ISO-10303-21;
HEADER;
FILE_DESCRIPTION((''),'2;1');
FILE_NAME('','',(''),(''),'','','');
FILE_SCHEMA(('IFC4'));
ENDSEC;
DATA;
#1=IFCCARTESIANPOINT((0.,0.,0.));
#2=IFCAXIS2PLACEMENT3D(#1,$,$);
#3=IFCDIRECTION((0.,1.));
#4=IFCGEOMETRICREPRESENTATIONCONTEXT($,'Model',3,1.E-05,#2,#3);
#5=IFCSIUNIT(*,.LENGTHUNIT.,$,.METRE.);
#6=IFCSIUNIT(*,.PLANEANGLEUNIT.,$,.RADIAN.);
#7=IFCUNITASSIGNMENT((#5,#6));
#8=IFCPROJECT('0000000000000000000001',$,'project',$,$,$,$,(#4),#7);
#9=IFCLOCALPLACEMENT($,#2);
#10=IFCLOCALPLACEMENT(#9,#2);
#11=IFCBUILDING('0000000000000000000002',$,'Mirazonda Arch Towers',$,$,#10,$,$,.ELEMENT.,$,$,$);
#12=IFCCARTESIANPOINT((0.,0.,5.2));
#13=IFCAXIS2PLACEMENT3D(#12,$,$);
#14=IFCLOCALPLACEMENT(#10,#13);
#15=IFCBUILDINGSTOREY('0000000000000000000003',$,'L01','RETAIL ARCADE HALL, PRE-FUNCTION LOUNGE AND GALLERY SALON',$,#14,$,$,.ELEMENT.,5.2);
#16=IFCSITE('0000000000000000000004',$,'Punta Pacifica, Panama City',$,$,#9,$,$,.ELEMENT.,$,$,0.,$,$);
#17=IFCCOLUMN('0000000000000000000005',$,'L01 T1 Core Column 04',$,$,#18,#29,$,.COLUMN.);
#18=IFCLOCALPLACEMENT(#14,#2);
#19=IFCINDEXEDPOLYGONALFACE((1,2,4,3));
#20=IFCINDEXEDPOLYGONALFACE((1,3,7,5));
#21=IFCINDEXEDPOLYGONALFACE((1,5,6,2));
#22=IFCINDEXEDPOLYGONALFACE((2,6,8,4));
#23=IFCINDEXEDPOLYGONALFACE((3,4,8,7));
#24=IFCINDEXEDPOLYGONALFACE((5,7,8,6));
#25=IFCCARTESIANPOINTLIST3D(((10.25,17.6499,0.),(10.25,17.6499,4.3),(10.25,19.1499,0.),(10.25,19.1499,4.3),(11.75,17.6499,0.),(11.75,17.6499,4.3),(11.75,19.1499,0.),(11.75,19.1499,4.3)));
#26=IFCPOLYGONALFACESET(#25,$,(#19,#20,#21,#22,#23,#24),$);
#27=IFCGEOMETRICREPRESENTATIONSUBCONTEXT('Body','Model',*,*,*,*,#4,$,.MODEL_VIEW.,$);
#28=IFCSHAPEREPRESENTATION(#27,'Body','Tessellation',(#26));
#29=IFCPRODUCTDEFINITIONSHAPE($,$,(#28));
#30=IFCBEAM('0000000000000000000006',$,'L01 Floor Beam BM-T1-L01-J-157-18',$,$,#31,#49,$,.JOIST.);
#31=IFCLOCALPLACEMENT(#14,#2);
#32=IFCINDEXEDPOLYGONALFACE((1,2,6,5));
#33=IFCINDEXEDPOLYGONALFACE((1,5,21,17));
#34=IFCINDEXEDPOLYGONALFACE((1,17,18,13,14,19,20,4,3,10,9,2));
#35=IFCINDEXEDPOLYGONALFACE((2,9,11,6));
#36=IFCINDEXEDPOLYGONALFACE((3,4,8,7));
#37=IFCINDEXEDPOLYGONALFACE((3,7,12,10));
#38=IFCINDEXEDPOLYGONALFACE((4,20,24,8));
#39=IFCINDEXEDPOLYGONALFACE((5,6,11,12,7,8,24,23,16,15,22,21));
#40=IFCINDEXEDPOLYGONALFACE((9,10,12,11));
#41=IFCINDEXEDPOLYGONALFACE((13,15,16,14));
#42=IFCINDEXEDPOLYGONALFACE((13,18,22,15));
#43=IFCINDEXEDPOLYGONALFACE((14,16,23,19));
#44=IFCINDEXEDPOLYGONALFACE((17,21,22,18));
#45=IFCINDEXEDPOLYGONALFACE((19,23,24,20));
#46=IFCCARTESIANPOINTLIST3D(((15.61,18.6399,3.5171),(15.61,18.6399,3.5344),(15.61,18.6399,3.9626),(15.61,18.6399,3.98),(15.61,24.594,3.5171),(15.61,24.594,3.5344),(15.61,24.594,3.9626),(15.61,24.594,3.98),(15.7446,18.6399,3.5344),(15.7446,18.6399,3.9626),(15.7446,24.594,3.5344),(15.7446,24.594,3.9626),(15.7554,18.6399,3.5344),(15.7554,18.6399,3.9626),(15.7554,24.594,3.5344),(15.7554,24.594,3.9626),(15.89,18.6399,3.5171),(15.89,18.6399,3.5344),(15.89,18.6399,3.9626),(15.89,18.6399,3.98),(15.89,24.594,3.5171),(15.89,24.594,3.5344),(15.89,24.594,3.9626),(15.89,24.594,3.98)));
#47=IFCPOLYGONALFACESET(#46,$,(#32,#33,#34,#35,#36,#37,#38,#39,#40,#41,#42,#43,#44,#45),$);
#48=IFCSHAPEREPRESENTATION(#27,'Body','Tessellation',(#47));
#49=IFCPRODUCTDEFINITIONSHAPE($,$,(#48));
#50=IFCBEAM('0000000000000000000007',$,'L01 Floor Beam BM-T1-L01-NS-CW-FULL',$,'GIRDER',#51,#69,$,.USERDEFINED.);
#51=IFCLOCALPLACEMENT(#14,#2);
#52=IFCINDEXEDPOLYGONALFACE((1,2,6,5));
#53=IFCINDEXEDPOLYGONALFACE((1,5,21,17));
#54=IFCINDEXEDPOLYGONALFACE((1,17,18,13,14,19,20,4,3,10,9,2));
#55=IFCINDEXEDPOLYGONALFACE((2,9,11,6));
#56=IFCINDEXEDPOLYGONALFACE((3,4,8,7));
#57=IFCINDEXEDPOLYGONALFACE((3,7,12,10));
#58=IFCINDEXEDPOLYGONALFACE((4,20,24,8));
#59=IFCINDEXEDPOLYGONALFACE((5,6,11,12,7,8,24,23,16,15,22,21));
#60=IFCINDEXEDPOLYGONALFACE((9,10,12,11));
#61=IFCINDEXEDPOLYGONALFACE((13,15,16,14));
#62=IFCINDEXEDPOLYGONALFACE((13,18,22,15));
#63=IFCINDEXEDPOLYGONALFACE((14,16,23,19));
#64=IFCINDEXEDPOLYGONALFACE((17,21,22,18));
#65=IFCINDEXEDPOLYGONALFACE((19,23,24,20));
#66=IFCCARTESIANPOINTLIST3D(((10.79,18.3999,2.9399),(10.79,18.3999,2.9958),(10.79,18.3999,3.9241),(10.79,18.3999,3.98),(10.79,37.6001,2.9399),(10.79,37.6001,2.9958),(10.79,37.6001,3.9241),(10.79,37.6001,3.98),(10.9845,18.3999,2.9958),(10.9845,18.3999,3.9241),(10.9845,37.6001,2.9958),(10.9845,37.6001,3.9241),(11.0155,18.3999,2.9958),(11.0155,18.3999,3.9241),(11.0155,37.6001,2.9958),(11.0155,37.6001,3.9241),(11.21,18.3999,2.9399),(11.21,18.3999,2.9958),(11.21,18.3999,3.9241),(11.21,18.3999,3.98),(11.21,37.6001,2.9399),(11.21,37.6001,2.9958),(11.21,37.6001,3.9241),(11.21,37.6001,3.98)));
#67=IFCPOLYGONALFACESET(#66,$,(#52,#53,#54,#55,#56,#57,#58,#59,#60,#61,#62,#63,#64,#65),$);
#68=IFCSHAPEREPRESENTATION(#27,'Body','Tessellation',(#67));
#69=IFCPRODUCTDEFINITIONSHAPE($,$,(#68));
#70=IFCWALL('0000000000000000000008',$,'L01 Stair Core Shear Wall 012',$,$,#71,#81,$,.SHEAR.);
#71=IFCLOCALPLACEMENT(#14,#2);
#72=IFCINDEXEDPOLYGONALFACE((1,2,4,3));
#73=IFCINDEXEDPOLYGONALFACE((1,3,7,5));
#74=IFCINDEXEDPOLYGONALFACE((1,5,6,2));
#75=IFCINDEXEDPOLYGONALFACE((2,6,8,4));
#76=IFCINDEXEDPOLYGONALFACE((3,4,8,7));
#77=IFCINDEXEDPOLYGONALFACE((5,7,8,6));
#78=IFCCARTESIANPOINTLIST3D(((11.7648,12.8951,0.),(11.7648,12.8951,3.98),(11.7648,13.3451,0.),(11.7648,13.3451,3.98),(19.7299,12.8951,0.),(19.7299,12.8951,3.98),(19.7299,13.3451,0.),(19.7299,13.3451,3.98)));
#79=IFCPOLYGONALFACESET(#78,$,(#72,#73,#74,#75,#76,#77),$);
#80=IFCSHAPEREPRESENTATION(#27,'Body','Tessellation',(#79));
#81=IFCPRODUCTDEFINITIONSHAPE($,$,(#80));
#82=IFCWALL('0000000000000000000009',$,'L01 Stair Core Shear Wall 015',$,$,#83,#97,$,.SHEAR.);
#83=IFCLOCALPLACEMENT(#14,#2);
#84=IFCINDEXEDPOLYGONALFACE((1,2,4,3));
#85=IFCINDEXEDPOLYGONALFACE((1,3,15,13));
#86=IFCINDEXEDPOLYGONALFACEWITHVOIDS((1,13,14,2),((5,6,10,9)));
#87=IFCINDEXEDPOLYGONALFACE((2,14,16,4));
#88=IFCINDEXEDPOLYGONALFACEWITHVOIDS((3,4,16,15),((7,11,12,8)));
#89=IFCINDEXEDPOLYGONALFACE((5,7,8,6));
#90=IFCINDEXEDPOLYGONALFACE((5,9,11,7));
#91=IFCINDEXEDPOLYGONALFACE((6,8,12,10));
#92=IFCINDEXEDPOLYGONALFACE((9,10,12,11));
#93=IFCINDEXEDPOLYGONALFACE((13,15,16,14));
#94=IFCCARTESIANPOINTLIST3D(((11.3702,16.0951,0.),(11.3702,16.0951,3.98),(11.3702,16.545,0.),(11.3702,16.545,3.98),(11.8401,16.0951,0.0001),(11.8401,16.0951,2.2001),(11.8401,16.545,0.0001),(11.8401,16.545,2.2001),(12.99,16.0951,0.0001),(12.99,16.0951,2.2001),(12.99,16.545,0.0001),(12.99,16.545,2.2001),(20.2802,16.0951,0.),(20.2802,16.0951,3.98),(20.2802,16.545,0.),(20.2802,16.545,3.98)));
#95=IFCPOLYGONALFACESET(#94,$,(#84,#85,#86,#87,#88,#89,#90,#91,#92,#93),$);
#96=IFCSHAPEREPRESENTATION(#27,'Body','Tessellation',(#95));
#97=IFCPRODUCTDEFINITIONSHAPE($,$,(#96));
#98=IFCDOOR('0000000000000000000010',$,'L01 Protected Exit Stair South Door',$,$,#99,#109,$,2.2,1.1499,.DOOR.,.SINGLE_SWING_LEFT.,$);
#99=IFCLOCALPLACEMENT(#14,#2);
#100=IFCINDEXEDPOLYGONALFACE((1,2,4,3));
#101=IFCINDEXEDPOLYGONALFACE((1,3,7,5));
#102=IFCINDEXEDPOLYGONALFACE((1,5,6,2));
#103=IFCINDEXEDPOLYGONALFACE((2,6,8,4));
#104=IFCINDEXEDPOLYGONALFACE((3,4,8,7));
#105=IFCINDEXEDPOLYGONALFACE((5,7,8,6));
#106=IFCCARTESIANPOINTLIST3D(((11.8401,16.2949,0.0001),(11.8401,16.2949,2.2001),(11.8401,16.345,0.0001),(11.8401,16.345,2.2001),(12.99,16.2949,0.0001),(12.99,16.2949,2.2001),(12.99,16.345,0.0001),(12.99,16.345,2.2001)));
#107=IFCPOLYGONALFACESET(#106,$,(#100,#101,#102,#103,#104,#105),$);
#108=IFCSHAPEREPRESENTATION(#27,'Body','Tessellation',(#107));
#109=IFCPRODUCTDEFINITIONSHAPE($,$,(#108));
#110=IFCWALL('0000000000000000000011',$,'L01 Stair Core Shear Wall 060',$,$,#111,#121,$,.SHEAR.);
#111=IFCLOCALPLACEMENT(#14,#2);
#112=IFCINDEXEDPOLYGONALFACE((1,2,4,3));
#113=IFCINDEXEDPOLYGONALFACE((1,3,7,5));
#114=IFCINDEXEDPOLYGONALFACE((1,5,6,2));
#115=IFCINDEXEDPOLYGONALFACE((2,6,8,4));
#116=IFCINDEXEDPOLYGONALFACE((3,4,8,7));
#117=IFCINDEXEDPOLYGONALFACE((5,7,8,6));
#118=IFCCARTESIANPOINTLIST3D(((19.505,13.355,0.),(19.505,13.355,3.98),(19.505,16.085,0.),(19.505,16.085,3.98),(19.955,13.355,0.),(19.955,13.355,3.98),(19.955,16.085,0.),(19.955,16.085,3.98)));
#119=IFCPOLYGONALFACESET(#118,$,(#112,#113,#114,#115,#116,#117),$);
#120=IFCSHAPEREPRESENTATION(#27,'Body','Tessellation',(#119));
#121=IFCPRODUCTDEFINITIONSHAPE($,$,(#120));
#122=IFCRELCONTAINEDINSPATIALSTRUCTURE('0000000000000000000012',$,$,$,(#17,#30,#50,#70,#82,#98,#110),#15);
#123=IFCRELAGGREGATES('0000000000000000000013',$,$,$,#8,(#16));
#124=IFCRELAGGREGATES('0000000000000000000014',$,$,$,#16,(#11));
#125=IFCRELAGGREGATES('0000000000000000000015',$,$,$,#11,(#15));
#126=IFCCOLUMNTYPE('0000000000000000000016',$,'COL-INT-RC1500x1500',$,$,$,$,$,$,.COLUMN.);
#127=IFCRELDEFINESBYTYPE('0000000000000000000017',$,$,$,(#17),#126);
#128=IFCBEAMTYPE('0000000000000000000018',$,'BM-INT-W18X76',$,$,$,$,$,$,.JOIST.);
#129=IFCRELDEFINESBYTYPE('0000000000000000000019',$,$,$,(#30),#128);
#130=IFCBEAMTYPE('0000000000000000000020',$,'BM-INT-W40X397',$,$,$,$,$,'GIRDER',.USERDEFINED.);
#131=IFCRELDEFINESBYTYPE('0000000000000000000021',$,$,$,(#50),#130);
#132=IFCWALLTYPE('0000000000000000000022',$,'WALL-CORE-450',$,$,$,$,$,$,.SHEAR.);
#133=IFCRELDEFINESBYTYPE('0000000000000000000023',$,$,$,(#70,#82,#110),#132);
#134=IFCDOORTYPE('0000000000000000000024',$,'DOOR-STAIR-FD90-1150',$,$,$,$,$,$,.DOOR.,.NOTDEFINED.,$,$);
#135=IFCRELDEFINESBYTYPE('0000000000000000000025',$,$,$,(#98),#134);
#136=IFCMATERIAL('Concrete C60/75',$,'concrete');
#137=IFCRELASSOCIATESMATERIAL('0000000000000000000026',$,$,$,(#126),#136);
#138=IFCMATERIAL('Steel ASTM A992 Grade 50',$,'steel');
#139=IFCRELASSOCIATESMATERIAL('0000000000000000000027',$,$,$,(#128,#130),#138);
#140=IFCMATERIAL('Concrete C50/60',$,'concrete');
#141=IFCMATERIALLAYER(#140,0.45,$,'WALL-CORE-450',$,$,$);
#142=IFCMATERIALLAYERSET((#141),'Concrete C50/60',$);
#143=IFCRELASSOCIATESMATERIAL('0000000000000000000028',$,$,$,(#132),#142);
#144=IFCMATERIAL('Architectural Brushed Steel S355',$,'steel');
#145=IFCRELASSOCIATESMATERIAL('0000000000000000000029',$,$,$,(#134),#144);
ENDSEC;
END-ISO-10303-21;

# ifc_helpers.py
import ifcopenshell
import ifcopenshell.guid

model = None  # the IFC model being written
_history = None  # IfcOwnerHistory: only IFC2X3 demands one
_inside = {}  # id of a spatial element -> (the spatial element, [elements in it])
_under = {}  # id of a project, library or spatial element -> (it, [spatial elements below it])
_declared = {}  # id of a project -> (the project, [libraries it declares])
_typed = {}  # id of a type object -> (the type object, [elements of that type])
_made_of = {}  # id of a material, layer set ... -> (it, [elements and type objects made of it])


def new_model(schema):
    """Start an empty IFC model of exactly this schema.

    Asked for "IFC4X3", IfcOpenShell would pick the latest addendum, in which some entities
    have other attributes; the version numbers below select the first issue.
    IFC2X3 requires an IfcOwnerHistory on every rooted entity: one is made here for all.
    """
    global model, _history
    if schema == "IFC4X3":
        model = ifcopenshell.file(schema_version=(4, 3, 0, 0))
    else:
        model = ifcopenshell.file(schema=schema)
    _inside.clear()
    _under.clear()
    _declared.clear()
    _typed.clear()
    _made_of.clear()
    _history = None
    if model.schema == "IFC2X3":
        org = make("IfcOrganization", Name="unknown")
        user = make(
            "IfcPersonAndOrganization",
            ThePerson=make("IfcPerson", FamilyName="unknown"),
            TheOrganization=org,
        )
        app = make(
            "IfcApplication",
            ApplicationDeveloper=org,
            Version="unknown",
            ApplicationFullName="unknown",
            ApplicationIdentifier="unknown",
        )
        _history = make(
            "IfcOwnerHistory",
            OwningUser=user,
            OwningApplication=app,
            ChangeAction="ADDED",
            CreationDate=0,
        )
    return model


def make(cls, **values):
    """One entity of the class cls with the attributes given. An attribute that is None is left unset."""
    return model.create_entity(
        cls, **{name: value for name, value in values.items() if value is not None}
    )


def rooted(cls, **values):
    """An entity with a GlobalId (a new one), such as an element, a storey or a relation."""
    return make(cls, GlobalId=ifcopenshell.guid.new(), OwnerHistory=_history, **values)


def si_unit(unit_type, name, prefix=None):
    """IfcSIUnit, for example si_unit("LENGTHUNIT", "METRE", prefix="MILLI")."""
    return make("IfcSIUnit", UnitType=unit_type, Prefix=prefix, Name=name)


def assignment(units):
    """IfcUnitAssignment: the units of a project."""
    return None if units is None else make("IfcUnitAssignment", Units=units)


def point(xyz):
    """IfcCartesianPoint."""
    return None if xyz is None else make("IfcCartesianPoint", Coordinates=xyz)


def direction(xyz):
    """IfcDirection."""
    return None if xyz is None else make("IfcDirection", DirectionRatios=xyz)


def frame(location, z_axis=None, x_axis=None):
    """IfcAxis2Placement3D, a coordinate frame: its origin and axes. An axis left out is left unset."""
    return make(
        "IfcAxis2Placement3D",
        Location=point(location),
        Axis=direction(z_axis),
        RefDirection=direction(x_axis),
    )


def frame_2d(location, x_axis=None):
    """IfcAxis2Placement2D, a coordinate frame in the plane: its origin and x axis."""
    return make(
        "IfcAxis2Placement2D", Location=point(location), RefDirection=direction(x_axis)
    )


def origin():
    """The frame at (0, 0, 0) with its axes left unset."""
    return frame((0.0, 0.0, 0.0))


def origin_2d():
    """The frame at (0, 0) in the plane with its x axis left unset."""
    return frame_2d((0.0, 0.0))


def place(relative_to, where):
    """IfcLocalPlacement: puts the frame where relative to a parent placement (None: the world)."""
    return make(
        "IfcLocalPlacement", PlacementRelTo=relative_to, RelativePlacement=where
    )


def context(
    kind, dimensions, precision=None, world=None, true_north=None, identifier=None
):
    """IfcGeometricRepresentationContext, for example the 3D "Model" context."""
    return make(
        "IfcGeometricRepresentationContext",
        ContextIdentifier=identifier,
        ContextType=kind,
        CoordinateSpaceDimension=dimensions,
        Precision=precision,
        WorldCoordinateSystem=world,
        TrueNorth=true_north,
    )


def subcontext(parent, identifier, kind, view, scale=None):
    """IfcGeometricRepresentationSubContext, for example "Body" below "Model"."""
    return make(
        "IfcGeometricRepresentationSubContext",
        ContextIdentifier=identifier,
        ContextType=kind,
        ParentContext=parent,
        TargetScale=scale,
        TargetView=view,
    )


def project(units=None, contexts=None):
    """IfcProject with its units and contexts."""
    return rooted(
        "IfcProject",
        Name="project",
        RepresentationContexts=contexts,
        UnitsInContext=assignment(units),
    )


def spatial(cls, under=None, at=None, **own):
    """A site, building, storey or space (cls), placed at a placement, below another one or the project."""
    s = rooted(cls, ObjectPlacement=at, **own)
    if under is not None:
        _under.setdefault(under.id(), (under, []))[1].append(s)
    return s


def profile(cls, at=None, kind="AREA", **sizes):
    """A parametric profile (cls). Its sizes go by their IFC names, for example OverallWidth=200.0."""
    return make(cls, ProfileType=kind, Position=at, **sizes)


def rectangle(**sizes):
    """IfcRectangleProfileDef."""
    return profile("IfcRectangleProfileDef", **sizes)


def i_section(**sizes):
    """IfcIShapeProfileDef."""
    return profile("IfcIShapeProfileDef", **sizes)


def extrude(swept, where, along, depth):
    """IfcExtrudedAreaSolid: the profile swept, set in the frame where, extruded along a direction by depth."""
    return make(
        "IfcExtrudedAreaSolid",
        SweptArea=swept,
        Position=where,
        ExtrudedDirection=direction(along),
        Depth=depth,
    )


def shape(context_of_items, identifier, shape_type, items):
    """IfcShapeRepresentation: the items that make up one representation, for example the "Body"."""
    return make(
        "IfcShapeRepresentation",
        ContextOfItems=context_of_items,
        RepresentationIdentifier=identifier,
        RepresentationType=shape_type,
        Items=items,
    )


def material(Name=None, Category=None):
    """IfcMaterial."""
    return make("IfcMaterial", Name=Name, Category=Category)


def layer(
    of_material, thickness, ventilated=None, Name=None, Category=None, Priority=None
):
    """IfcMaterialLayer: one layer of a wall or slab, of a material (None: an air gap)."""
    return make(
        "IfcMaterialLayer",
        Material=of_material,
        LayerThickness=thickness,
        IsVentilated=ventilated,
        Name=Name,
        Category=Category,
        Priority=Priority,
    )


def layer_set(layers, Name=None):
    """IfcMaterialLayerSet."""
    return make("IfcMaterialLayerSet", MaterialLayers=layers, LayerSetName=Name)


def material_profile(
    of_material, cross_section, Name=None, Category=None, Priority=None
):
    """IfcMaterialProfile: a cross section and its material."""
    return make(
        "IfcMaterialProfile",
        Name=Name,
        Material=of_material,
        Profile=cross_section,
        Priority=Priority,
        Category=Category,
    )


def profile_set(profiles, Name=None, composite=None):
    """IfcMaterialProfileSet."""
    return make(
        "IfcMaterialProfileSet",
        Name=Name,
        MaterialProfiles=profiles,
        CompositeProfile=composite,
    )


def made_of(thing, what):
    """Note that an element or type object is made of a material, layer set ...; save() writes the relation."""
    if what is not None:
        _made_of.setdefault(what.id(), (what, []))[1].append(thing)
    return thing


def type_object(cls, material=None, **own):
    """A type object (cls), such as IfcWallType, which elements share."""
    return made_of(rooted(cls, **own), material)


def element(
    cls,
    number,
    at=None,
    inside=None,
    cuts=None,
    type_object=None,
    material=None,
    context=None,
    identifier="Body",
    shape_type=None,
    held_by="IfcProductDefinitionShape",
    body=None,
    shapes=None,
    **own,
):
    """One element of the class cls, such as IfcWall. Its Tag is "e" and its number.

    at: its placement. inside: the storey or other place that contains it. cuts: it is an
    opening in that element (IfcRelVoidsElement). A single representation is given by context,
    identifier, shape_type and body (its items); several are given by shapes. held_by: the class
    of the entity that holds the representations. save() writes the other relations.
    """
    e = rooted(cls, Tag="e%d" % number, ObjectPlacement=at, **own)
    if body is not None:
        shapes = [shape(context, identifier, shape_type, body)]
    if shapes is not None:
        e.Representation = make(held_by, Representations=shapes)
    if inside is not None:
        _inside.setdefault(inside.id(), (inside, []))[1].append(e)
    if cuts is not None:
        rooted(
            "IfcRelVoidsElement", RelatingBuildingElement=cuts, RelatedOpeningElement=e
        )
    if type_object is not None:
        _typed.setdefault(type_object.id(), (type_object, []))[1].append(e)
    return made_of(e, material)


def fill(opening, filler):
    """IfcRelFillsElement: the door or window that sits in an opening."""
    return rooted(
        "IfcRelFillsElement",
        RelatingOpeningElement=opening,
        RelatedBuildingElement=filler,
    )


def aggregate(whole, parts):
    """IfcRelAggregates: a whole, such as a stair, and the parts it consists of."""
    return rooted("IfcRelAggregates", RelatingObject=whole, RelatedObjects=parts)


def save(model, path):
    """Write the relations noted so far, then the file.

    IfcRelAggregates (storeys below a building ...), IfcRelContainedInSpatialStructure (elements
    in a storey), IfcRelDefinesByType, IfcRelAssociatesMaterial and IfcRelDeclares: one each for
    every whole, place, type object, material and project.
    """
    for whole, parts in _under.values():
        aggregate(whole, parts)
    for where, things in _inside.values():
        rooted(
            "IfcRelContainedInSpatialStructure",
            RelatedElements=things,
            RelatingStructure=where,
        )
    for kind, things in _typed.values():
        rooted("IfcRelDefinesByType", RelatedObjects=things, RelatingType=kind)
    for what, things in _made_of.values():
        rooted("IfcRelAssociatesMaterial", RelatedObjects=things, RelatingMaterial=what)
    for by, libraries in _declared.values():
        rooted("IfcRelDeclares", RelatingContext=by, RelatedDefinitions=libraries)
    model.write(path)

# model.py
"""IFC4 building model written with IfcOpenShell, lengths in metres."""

from ifc_helpers import new_model, si_unit, direction, frame, frame_2d, origin, origin_2d, place, context, subcontext, project, spatial, rectangle, i_section, extrude, material, layer, layer_set, material_profile, profile_set, type_object, element, fill, save


model = new_model("IFC4")

# Units and contexts
model_context = context("Model", 3, precision=1e-05, world=origin(), true_north=direction((0.0, 1.0)))
body_context = subcontext(model_context, "Body", "Model", "MODEL_VIEW")
ifc_project = project(units=[si_unit("LENGTHUNIT", "METRE"), si_unit("PLANEANGLEUNIT", "RADIAN")], contexts=[model_context])

# Site, building, storey
site_placement = place(None, origin())
site = spatial("IfcSite", under=ifc_project, at=site_placement, Name="Punta Pacifica, Panama City", CompositionType="ELEMENT", RefElevation=0.0)
building_placement = place(site_placement, origin())
building = spatial("IfcBuilding", under=site, at=building_placement, Name="Mirazonda Arch Towers", CompositionType="ELEMENT")
storey_placement = place(building_placement, frame((0.0, 0.0, 5.2)))
storey = spatial("IfcBuildingStorey", under=building, at=storey_placement, Name="L01", Description="RETAIL ARCADE HALL, PRE-FUNCTION LOUNGE AND GALLERY SALON", CompositionType="ELEMENT", Elevation=5.2)

# Column
ifc_material_1 = material(Name="Concrete C60/75", Category="concrete")
ifc_material_profile_1 = material_profile(ifc_material_1, rectangle(XDim=1.5, YDim=1.5, at=origin_2d()), Name="RC1500x1500")
ifc_profile_set_1 = profile_set([ifc_material_profile_1], Name="Concrete C60/75")
column_type = type_object("IfcColumnType", Name="COL-INT-RC1500x1500", PredefinedType="COLUMN", material=ifc_profile_set_1)
column_placement = place(storey_placement, frame((11.0, 18.3999, 0.0), z_axis=(0.0, 0.0, 1.0), x_axis=(1.0, 0.0, 0.0)))
element("IfcColumn", 1, at=column_placement, inside=storey, type_object=column_type, Name="L01 T1 Core Column 04", PredefinedType="COLUMN", context=body_context, shape_type="SweptSolid", body=[
    extrude(rectangle(XDim=1.5, YDim=1.5, at=origin_2d()), origin(), (0.0, 0.0, 1.0), 4.3),
])

# Beams
ifc_material_2 = material(Name="Steel ASTM A992 Grade 50", Category="steel")
ifc_material_profile_2 = material_profile(ifc_material_2, i_section(OverallWidth=0.28, OverallDepth=0.4629, WebThickness=0.0107, FlangeThickness=0.0173, at=origin_2d()), Name="W18X76")
ifc_profile_set_2 = profile_set([ifc_material_profile_2], Name="Steel ASTM A992 Grade 50")
beam_type_1 = type_object("IfcBeamType", Name="BM-INT-W18X76", PredefinedType="JOIST", material=ifc_profile_set_2)
beam_1_placement = place(storey_placement, frame((15.75, 18.6399, 3.7485), z_axis=(0.0, 1.0, 0.0), x_axis=(-1.0, 0.0, 0.0)))
element("IfcBeam", 2, at=beam_1_placement, inside=storey, type_object=beam_type_1, Name="L01 Floor Beam BM-T1-L01-J-157-18", PredefinedType="JOIST", context=body_context, shape_type="SweptSolid", body=[
    extrude(i_section(OverallWidth=0.28, OverallDepth=0.4629, WebThickness=0.0107, FlangeThickness=0.0173, at=origin_2d()), origin(), (0.0, 0.0, 1.0), 5.9541),
])
ifc_material_profile_3 = material_profile(ifc_material_2, i_section(OverallWidth=0.4199, OverallDepth=1.04, WebThickness=0.031, FlangeThickness=0.0559, at=origin_2d()), Name="W40X397")
ifc_profile_set_3 = profile_set([ifc_material_profile_3], Name="Steel ASTM A992 Grade 50")
beam_type_2 = type_object("IfcBeamType", Name="BM-INT-W40X397", ElementType="GIRDER", PredefinedType="USERDEFINED", material=ifc_profile_set_3)
beam_2_placement = place(storey_placement, frame((11.0, 18.3999, 3.46), z_axis=(0.0, 1.0, 0.0), x_axis=(-1.0, 0.0, 0.0)))
element("IfcBeam", 3, at=beam_2_placement, inside=storey, type_object=beam_type_2, Name="L01 Floor Beam BM-T1-L01-NS-CW-FULL", ObjectType="GIRDER", PredefinedType="USERDEFINED", context=body_context, shape_type="SweptSolid", body=[
    extrude(i_section(OverallWidth=0.4199, OverallDepth=1.04, WebThickness=0.031, FlangeThickness=0.0559, at=origin_2d()), origin(), (0.0, 0.0, 1.0), 19.2002),
])

# Wall
ifc_material_3 = material(Name="Concrete C50/60", Category="concrete")
ifc_layer_1 = layer(ifc_material_3, 0.45, Name="WALL-CORE-450")
ifc_layer_set_1 = layer_set([ifc_layer_1], Name="Concrete C50/60")
wall_type_1 = type_object("IfcWallType", Name="WALL-CORE-450", PredefinedType="SHEAR", material=ifc_layer_set_1)
wall_1_placement = place(storey_placement, frame((11.7649, 13.1201, 0.0), z_axis=(0.0, 0.0, 1.0), x_axis=(1.0, 0.0, 0.0)))
element("IfcWall", 4, at=wall_1_placement, inside=storey, type_object=wall_type_1, Name="L01 Stair Core Shear Wall 012", PredefinedType="SHEAR", context=body_context, shape_type="SweptSolid", body=[
    extrude(rectangle(XDim=7.9651, YDim=0.45, at=frame_2d((3.9824, 0.0))), origin(), (0.0, 0.0, 1.0), 3.98),
])

# Wall, opening, door
wall_2_placement = place(storey_placement, frame((11.3701, 16.3201, 0.0), z_axis=(0.0, 0.0, 1.0), x_axis=(1.0, 0.0, 0.0)))
wall_2 = element("IfcWall", 5, at=wall_2_placement, inside=storey, type_object=wall_type_1, Name="L01 Stair Core Shear Wall 015", PredefinedType="SHEAR", context=body_context, shape_type="SweptSolid", body=[
    extrude(rectangle(XDim=8.9099, YDim=0.45, at=frame_2d((4.4551, 0.0))), origin(), (0.0, 0.0, 1.0), 3.98),
])
opening_1_placement = place(wall_2_placement, frame((0.47, 0.0, 0.0)))
opening_1 = element("IfcOpeningElement", 6, at=opening_1_placement, cuts=wall_2, PredefinedType="OPENING", context=body_context, shape_type="SweptSolid", body=[
    extrude(rectangle(XDim=1.1499, YDim=2.2, at=frame_2d((0.575, 1.1001))), frame((0.0, 0.2349, 0.0), z_axis=(0.0, -1.0, 0.0), x_axis=(1.0, 0.0, 0.0)), (0.0, 0.0, 1.0), 0.47),
])
ifc_material_4 = material(Name="Architectural Brushed Steel S355", Category="steel")
door_type_1 = type_object("IfcDoorType", Name="DOOR-STAIR-FD90-1150", OperationType="NOTDEFINED", PredefinedType="DOOR", material=ifc_material_4)
door_1_placement = place(opening_1_placement, origin())
door_1 = element("IfcDoor", 7, at=door_1_placement, inside=storey, type_object=door_type_1, Name="L01 Protected Exit Stair South Door", OperationType="SINGLE_SWING_LEFT", OverallHeight=2.2, OverallWidth=1.1499, PredefinedType="DOOR", context=body_context, shape_type="SweptSolid", body=[
    extrude(rectangle(XDim=1.1499, YDim=2.2, at=frame_2d((0.575, 1.1001))), frame((0.0, 0.0249, 0.0), z_axis=(0.0, -1.0, 0.0), x_axis=(1.0, 0.0, 0.0)), (0.0, 0.0, 1.0), 0.05),
])
fill(opening_1, door_1)

# Wall
wall_3_placement = place(storey_placement, frame((19.73, 13.355, 0.0), z_axis=(0.0, 0.0, 1.0), x_axis=(0.0, 1.0, 0.0)))
element("IfcWall", 8, at=wall_3_placement, inside=storey, type_object=wall_type_1, Name="L01 Stair Core Shear Wall 060", PredefinedType="SHEAR", context=body_context, shape_type="SweptSolid", body=[
    extrude(rectangle(XDim=2.73, YDim=0.45, at=frame_2d((1.365, 0.0))), origin(), (0.0, 0.0, 1.0), 3.98),
])

save(model, "model.ifc")
